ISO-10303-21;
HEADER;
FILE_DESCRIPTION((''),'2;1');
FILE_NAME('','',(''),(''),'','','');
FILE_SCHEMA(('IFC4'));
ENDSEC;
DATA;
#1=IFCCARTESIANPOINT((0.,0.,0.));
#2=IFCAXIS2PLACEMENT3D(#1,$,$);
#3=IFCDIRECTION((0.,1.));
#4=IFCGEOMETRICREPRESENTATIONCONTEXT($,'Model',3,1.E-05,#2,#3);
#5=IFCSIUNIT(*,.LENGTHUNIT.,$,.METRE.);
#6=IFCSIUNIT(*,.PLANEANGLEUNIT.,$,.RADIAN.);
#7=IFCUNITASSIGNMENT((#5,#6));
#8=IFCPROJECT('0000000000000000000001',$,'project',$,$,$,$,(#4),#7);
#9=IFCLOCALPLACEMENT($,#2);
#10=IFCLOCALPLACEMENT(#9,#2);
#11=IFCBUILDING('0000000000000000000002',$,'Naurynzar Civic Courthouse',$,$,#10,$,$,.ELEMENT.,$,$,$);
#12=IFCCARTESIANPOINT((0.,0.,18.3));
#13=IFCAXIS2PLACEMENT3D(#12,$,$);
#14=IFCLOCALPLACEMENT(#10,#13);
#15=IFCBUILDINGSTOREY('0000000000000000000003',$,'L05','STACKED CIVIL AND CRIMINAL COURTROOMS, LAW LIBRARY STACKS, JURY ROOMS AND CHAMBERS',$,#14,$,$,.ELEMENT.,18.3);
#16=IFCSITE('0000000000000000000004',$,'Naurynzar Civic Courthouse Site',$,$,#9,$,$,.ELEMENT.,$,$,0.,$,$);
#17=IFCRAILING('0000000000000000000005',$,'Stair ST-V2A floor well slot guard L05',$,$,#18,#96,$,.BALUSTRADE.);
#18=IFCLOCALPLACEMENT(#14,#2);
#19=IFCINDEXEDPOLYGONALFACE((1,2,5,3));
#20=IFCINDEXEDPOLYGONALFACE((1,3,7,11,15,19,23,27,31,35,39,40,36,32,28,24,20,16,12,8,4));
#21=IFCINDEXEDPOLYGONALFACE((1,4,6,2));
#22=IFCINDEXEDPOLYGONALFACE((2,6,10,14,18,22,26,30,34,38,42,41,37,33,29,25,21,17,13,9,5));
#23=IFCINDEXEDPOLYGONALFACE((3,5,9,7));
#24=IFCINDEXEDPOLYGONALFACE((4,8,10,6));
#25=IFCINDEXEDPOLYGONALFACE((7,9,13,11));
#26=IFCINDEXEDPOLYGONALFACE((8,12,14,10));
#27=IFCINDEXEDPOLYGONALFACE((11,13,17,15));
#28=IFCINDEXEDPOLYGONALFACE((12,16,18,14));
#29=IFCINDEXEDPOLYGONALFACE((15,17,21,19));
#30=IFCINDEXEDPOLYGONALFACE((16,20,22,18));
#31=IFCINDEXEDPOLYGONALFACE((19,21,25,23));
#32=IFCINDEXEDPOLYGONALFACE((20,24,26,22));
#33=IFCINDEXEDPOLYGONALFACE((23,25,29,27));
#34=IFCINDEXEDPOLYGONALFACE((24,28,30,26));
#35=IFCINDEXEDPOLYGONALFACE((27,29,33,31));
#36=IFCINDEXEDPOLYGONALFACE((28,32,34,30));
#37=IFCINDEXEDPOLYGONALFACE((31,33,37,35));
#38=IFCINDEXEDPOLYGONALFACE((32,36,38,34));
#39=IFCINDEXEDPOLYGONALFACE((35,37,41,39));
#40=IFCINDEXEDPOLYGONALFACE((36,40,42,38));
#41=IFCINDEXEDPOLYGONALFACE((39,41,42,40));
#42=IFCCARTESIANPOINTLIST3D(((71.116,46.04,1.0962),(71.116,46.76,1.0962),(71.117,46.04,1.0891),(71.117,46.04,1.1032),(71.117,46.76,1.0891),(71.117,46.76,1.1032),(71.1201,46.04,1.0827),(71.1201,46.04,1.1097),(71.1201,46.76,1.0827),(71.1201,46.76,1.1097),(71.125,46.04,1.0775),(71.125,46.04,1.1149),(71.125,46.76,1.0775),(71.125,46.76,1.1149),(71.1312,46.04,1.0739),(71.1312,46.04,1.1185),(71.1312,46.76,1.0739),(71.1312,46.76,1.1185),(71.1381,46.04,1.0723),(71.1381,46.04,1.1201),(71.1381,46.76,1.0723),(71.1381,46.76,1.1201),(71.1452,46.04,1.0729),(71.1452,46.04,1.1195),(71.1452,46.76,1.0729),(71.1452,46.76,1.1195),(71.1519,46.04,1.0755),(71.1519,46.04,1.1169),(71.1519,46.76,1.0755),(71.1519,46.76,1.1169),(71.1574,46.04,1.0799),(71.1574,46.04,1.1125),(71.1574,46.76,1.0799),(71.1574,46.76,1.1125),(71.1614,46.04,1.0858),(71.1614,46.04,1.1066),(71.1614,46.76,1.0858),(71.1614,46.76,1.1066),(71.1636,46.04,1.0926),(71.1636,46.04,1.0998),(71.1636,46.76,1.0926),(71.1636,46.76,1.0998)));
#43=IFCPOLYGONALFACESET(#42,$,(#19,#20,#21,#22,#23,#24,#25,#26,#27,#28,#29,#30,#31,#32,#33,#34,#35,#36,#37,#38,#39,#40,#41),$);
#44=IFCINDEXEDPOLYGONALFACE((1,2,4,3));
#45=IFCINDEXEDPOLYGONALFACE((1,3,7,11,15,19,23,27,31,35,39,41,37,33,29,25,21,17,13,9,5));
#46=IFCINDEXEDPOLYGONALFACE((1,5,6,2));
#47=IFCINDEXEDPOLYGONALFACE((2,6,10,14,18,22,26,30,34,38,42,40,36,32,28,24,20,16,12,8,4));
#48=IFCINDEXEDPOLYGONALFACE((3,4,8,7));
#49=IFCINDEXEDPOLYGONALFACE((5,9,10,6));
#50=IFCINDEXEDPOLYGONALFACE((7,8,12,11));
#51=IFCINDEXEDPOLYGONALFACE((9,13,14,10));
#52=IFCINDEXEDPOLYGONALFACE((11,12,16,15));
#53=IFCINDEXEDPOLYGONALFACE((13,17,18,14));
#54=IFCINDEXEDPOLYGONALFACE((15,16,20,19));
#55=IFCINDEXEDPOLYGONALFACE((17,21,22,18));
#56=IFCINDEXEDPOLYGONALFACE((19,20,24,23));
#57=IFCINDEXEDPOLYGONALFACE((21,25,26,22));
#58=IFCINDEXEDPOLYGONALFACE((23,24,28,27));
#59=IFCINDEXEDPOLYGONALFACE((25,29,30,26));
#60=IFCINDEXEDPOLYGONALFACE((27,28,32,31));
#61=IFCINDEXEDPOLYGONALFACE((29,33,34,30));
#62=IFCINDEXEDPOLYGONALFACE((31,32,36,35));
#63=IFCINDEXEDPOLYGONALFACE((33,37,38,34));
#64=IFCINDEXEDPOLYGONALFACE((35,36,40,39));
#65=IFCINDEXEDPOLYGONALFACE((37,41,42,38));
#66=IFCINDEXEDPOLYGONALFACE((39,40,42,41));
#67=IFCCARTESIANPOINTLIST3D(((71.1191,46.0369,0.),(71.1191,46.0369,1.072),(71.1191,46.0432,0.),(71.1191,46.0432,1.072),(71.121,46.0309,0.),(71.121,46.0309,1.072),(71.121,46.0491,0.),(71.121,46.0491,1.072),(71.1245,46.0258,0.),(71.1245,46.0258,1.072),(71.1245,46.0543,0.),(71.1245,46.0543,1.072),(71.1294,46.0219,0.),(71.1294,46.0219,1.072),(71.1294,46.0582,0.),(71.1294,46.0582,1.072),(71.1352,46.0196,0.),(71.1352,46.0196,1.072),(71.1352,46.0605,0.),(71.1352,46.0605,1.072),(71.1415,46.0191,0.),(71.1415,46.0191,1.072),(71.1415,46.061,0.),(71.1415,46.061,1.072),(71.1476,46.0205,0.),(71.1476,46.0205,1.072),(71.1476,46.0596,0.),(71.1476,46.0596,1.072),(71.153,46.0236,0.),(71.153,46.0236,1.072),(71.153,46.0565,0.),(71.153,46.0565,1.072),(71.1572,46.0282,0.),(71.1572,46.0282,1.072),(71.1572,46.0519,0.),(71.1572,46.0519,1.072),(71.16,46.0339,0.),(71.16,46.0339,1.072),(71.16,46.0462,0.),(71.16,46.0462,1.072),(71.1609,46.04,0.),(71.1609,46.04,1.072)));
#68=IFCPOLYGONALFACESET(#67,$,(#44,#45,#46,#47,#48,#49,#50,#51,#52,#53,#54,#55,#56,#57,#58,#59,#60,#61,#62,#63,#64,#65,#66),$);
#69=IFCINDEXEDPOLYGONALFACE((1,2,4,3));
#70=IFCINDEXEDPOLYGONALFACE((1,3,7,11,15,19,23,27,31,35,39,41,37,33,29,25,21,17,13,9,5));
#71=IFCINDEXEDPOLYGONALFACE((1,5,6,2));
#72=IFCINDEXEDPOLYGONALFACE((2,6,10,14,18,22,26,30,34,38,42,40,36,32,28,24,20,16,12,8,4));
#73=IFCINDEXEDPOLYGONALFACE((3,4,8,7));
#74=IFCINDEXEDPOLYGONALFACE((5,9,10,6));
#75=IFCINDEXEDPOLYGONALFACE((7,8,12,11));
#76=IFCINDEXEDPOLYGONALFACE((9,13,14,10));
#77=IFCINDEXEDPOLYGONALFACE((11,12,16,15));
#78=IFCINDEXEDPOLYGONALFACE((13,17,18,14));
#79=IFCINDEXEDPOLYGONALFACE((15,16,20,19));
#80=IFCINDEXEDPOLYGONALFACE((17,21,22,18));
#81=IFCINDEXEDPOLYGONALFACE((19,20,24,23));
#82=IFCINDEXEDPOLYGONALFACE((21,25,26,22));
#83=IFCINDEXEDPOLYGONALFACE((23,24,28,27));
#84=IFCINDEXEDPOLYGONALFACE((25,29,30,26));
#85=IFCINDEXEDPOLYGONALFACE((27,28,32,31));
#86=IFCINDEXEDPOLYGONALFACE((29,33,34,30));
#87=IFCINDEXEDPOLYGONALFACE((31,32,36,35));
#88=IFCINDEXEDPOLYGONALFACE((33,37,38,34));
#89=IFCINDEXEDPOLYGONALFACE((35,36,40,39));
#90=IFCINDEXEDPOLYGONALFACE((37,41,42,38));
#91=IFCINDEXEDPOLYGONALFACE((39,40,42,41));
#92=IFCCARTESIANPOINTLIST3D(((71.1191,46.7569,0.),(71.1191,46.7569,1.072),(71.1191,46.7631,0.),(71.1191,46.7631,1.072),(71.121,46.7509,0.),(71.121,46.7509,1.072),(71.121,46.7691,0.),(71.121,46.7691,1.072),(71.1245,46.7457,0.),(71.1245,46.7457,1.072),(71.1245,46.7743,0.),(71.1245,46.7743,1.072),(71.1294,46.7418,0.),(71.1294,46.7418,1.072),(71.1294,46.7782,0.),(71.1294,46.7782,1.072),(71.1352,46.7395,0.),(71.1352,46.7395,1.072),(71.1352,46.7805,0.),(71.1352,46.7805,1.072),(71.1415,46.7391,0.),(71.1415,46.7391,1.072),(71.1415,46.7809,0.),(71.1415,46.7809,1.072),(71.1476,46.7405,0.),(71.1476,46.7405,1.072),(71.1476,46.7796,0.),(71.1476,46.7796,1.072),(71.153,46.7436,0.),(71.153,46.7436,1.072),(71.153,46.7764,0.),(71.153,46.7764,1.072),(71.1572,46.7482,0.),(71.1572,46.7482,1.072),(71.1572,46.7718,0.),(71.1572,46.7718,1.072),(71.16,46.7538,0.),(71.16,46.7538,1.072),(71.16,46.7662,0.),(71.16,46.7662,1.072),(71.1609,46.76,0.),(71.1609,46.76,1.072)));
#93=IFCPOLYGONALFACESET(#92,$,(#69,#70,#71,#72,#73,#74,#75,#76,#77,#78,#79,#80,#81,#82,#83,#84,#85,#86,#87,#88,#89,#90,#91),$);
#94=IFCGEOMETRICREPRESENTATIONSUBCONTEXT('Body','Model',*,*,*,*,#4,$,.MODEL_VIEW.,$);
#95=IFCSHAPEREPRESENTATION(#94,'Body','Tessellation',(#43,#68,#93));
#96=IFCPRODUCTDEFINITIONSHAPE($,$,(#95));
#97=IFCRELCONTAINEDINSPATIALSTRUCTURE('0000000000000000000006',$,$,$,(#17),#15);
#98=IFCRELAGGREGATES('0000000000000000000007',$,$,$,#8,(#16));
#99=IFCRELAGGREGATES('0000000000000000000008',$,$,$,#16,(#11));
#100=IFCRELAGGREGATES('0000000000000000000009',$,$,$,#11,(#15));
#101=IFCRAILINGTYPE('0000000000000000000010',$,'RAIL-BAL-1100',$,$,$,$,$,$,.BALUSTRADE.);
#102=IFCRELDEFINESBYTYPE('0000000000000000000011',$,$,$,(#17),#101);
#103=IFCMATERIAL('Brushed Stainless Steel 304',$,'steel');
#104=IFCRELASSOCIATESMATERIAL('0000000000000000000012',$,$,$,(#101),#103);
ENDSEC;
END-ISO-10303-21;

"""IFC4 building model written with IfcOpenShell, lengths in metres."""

from ifc_helpers import new_model, si_unit, direction, frame, origin, origin_2d, place, context, subcontext, project, spatial, circle, extrude, material, type_object, element, save


model = new_model("IFC4")

# Units and contexts
model_context = context("Model", 3, precision=1e-05, world=origin(), true_north=direction((0.0, 1.0)))
body_context = subcontext(model_context, "Body", "Model", "MODEL_VIEW")
ifc_project = project(units=[si_unit("LENGTHUNIT", "METRE"), si_unit("PLANEANGLEUNIT", "RADIAN")], contexts=[model_context])

# Site, building, storey
site_placement = place(None, origin())
site = spatial("IfcSite", under=ifc_project, at=site_placement, Name="Naurynzar Civic Courthouse Site", CompositionType="ELEMENT", RefElevation=0.0)
building_placement = place(site_placement, origin())
building = spatial("IfcBuilding", under=site, at=building_placement, Name="Naurynzar Civic Courthouse", CompositionType="ELEMENT")
storey_placement = place(building_placement, frame((0.0, 0.0, 18.3)))
storey = spatial("IfcBuildingStorey", under=building, at=storey_placement, Name="L05", Description="STACKED CIVIL AND CRIMINAL COURTROOMS, LAW LIBRARY STACKS, JURY ROOMS AND CHAMBERS", CompositionType="ELEMENT", Elevation=18.3)

# Railing
ifc_material_1 = material(Name="Brushed Stainless Steel 304", Category="steel")
railing_type_1 = type_object("IfcRailingType", Name="RAIL-BAL-1100", PredefinedType="BALUSTRADE", material=ifc_material_1)
railing_1_placement = place(storey_placement, frame((71.1399, 46.04, 0.0)))
element("IfcRailing", 1, at=railing_1_placement, inside=storey, type_object=railing_type_1, Name="Stair ST-V2A floor well slot guard L05", PredefinedType="BALUSTRADE", context=body_context, shape_type="SweptSolid", body=[
    extrude(circle(Radius=0.0239, at=origin_2d()), frame((0.0, 0.0, 1.0962), z_axis=(0.0, 1.0, 0.0), x_axis=(-1.0, 0.0, 0.0)), (0.0, 0.0, 1.0), 0.72),
    extrude(circle(Radius=0.021, at=origin_2d()), origin(), (0.0, 0.0, 1.0), 1.072),
    extrude(circle(Radius=0.021, at=origin_2d()), frame((0.0, 0.72, 0.0)), (0.0, 0.0, 1.0), 1.072),
])

save(model, "model.ifc")
